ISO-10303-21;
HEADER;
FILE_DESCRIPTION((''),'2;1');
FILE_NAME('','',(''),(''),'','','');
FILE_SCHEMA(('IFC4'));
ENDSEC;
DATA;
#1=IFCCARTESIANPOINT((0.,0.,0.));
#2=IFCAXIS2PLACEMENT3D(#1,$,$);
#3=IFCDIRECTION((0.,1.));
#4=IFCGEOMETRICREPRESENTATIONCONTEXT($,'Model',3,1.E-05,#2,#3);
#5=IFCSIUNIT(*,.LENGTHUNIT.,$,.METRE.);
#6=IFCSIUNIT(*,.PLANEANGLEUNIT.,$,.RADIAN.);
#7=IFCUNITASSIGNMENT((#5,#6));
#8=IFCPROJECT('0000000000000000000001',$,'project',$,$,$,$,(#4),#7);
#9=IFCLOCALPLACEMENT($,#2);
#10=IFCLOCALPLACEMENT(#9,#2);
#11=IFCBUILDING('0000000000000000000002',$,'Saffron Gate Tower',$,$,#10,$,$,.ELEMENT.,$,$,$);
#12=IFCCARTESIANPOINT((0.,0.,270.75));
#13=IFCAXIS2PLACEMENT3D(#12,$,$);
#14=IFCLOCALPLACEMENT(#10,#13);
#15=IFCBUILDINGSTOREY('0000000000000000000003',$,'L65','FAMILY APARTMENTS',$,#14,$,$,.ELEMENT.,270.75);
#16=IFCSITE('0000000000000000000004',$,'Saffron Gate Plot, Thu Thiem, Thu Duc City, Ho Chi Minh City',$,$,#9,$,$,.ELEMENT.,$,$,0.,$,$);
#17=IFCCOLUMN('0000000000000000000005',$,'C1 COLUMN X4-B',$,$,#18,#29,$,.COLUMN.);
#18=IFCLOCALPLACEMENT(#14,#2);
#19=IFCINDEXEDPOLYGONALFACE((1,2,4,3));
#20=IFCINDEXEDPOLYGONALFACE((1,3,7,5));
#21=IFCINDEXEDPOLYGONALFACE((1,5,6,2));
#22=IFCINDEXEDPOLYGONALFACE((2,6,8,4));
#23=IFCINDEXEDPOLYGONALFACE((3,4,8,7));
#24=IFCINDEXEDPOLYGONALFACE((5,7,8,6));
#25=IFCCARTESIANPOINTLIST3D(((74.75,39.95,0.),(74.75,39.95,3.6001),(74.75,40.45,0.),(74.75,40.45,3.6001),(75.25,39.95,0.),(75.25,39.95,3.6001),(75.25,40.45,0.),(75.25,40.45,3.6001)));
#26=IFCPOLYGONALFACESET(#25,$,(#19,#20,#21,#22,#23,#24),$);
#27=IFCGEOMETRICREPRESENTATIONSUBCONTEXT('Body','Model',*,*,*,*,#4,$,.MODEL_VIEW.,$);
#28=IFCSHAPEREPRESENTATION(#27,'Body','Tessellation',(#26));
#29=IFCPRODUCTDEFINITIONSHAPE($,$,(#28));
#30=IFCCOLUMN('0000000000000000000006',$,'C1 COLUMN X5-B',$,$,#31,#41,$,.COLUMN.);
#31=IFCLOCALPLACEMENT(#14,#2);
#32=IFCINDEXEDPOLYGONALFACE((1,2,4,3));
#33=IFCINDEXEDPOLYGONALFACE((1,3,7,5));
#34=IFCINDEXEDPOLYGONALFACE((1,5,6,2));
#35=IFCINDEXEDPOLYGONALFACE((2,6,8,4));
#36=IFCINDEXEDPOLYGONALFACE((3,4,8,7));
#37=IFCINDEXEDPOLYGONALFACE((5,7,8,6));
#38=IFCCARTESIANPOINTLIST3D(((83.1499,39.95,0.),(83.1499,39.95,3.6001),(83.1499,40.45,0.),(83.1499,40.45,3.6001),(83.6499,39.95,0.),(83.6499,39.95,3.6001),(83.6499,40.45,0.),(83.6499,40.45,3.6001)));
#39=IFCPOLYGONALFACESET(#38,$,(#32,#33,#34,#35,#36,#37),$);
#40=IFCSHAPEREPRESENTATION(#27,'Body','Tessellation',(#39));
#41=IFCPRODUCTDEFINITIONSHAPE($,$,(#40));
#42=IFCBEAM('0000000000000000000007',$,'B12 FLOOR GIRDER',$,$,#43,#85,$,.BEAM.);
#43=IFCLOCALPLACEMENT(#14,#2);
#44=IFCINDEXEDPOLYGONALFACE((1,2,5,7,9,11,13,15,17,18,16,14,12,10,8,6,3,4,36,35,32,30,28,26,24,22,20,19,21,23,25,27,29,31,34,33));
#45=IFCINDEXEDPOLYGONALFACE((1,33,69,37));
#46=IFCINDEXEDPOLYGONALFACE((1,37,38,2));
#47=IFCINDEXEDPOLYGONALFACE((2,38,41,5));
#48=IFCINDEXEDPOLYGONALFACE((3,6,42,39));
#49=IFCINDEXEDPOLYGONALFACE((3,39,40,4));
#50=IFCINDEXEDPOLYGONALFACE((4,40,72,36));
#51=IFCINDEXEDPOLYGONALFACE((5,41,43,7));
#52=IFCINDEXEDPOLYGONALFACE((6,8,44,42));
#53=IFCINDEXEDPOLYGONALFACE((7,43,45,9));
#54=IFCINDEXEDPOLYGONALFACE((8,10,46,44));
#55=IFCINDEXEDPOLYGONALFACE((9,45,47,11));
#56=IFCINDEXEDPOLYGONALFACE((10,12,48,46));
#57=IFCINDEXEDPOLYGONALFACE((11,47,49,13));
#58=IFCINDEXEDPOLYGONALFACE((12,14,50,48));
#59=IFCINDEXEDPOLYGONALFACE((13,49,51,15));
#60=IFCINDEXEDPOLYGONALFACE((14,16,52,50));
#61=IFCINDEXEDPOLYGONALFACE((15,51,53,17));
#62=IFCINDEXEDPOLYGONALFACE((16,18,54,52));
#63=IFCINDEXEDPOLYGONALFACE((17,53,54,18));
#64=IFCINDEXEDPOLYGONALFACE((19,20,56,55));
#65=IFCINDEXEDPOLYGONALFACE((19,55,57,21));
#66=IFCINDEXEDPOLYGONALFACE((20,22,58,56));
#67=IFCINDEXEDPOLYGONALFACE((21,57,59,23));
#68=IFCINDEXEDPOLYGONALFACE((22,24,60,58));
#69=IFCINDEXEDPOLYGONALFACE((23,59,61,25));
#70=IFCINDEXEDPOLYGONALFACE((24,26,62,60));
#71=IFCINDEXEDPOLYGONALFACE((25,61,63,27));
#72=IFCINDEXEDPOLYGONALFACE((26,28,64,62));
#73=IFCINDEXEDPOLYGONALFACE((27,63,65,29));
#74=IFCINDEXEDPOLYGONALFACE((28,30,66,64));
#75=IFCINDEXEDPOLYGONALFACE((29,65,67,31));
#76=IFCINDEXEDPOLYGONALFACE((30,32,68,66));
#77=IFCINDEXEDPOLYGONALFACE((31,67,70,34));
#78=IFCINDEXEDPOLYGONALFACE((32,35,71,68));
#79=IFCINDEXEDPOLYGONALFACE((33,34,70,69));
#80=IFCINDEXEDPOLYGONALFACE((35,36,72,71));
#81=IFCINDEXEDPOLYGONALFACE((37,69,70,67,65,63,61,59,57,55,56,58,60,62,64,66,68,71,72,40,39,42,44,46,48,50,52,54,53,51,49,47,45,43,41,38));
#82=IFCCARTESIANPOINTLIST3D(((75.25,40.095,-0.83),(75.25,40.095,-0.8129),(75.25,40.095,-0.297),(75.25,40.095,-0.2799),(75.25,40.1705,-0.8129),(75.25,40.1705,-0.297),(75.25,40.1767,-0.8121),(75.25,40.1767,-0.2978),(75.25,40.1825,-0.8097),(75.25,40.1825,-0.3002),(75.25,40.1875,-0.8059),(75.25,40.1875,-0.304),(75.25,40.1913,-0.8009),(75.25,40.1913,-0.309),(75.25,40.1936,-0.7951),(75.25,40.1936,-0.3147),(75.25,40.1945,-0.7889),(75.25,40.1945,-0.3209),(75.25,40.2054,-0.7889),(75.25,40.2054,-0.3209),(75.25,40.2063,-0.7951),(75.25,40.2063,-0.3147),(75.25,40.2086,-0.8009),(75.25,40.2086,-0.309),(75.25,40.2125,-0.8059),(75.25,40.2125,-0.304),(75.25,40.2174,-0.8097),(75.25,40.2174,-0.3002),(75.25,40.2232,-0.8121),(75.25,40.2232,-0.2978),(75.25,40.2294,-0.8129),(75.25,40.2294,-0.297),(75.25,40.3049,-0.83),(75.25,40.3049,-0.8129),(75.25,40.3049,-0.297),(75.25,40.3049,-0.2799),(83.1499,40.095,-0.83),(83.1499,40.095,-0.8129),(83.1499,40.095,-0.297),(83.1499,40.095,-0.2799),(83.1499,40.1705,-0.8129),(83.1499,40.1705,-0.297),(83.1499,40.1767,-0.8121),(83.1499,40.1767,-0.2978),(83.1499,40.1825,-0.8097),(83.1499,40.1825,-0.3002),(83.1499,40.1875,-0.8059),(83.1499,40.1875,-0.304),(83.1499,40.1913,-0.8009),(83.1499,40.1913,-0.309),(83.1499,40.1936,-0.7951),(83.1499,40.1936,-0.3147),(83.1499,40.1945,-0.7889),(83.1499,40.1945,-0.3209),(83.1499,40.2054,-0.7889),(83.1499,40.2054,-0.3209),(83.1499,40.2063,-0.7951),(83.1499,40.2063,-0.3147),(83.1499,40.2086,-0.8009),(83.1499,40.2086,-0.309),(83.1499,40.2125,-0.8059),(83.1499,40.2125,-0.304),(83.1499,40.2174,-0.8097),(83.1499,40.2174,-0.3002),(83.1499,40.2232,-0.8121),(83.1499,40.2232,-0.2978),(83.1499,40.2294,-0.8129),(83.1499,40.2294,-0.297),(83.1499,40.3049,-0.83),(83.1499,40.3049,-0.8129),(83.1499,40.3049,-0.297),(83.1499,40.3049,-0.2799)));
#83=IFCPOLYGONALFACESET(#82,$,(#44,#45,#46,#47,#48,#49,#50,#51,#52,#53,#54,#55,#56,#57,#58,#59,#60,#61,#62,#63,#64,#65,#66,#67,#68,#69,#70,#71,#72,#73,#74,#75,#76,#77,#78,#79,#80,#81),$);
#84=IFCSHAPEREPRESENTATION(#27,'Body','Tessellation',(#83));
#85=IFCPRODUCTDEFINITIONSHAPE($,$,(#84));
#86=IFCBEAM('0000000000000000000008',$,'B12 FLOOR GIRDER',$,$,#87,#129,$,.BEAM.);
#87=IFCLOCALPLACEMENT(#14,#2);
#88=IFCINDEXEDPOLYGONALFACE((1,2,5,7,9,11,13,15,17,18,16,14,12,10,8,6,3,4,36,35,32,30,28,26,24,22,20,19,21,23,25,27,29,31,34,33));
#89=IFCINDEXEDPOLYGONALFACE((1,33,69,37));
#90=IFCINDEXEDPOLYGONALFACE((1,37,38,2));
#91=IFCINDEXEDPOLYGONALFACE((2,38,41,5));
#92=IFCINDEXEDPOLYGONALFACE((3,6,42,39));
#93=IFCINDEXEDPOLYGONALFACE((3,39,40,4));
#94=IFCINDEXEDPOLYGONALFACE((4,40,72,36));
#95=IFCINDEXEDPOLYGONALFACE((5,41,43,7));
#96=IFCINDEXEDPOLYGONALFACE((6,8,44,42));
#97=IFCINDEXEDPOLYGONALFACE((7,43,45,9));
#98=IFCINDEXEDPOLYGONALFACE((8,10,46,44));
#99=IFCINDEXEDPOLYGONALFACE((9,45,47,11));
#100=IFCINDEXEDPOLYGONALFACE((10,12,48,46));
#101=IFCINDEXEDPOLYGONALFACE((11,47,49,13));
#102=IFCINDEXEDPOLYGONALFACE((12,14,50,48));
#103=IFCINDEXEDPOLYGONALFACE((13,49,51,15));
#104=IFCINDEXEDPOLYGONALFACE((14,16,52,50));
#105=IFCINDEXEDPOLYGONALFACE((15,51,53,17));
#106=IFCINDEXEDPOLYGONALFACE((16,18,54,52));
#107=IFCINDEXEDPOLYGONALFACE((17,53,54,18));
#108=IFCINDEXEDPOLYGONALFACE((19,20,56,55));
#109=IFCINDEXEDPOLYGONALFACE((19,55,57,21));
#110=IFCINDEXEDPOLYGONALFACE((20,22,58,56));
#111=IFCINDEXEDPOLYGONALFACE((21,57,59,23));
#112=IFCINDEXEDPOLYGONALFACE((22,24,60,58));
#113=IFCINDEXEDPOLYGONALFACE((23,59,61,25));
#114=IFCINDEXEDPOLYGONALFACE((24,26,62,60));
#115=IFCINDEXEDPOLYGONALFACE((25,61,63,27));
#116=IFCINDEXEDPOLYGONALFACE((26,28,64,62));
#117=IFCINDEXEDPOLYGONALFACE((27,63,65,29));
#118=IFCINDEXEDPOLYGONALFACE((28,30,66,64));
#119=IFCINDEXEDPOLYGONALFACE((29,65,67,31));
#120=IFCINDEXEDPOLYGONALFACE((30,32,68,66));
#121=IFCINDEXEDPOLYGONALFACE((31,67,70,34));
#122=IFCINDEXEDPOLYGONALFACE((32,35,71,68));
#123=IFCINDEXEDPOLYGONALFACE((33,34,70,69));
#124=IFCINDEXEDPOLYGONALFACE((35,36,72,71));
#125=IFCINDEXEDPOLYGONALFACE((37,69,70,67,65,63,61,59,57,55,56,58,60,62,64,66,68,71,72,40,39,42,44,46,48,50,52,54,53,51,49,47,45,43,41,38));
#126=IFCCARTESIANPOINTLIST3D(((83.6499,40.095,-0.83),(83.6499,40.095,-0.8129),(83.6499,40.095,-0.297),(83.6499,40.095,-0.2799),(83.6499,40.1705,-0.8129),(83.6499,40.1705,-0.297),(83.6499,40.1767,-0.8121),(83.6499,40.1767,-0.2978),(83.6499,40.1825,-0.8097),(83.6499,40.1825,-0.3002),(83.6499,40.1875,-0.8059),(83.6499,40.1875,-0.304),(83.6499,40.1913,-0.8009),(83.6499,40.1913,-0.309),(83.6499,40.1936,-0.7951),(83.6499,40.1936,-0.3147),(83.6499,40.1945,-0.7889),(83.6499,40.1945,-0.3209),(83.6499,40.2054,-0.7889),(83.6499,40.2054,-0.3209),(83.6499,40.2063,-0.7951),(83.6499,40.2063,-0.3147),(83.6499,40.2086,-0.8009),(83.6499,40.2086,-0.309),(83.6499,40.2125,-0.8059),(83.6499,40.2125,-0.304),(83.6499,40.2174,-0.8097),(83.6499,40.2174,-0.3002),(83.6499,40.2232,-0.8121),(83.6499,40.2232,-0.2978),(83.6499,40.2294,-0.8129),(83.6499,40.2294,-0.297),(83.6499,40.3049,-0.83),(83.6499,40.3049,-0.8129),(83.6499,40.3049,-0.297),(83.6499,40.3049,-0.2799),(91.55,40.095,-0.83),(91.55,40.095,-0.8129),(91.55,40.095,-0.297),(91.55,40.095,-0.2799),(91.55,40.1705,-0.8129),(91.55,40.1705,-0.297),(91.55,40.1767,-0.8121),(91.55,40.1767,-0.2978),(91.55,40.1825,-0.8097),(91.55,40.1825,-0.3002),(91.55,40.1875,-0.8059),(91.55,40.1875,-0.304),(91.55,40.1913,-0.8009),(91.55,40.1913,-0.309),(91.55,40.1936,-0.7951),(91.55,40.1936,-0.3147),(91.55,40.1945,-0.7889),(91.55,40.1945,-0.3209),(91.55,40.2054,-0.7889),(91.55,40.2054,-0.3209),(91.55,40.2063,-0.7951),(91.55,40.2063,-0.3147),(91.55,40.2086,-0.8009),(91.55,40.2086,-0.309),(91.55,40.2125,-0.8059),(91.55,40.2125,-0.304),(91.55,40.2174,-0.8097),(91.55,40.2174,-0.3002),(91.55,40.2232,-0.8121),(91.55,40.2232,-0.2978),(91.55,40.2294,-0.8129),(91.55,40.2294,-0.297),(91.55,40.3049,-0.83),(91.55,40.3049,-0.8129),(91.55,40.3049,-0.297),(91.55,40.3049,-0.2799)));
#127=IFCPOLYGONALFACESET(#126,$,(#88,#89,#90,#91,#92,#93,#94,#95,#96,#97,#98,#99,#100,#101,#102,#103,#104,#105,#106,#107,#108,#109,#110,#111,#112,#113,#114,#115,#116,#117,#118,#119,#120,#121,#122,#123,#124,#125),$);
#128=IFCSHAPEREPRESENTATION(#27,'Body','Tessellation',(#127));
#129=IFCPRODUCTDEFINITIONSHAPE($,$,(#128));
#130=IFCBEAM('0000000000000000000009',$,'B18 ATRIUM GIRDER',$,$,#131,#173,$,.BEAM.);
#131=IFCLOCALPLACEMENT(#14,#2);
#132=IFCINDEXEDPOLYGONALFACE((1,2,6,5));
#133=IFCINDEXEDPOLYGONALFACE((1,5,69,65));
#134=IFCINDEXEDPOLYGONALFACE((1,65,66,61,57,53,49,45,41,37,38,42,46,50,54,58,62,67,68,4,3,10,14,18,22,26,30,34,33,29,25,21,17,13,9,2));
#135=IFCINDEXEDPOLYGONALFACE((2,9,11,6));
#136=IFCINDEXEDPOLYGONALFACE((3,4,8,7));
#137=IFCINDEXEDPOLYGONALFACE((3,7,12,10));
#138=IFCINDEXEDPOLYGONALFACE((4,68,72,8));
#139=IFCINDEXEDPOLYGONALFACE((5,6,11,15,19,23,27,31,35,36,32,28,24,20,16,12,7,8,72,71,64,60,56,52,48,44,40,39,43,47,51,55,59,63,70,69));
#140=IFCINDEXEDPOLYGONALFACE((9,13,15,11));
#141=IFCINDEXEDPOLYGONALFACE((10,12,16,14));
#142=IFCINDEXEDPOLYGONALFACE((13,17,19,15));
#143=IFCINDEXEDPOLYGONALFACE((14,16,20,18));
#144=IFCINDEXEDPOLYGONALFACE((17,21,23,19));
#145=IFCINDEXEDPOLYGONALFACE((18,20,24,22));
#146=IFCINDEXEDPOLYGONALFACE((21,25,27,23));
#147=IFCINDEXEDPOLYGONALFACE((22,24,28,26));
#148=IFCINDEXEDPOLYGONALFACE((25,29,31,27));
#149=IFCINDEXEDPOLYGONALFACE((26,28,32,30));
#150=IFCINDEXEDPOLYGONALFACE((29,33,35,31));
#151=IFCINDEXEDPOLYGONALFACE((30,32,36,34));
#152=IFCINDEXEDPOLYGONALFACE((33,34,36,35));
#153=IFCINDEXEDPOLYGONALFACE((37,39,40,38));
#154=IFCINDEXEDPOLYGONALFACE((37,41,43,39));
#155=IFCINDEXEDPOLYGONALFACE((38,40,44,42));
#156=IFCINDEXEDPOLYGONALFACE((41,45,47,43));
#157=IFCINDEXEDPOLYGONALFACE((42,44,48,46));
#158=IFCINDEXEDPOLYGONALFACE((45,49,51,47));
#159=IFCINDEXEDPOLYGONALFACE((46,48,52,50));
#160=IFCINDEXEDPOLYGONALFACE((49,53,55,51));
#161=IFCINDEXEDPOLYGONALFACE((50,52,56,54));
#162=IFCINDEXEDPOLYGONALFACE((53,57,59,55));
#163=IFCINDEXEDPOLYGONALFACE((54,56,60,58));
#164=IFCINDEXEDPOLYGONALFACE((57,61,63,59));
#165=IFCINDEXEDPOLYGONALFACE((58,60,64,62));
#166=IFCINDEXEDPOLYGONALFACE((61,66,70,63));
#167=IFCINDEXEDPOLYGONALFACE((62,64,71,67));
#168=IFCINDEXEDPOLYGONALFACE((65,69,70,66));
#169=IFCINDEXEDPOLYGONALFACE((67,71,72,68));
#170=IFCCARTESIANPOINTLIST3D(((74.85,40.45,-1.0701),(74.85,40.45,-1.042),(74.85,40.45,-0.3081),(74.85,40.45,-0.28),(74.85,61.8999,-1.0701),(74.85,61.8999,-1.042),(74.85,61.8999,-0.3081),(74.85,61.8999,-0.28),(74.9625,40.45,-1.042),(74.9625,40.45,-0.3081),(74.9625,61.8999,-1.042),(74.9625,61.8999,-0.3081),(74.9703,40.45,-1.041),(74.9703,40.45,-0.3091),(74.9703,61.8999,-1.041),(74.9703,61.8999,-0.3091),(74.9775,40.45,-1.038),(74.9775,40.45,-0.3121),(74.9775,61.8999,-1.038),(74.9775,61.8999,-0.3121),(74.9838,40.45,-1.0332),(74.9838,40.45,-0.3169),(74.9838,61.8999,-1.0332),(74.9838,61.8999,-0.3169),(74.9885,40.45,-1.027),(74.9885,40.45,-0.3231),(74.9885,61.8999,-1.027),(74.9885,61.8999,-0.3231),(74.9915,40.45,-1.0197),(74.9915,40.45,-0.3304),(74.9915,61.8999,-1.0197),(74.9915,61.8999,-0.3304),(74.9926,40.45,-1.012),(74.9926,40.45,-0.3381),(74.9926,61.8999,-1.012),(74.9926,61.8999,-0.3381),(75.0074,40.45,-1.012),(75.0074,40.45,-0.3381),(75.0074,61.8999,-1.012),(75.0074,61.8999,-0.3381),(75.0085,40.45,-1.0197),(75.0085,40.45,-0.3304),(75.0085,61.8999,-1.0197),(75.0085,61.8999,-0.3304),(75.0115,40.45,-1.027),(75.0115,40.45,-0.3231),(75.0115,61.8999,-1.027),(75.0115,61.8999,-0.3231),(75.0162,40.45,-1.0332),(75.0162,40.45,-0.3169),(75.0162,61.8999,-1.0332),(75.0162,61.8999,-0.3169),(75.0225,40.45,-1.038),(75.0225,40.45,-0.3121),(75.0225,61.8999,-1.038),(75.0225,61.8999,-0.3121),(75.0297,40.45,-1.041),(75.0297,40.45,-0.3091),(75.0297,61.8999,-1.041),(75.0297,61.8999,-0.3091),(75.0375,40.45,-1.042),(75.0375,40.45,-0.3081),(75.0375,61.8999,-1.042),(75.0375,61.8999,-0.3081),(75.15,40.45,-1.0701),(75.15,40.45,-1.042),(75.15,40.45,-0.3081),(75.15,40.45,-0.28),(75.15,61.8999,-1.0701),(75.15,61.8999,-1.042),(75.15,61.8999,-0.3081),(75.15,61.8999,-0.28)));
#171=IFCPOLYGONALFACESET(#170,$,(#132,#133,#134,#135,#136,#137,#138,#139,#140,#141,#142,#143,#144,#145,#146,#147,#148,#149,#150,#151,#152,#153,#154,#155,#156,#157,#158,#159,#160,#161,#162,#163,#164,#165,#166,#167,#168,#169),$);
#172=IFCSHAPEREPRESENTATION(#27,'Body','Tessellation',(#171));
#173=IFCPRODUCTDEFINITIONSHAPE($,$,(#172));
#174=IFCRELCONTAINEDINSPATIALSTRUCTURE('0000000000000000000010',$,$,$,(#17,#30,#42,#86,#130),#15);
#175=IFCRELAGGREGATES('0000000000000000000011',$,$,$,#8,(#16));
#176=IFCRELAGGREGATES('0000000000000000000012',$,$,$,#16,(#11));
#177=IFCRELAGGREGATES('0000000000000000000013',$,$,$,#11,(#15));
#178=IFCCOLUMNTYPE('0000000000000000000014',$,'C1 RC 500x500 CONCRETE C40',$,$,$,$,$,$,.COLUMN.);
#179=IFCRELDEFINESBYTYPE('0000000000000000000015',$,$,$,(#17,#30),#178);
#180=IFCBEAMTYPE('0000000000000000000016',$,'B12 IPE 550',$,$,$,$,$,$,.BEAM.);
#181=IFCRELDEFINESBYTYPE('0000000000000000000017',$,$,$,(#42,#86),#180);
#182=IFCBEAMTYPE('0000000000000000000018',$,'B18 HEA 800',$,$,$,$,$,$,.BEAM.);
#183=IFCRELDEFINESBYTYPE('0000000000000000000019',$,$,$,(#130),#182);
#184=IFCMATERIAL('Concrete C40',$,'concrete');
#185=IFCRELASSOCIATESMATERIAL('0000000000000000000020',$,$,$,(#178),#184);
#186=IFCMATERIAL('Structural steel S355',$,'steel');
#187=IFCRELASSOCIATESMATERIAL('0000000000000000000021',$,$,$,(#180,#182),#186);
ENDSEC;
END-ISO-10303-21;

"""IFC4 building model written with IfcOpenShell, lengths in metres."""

from ifc_helpers import new_model, si_unit, direction, frame, origin, origin_2d, place, context, subcontext, project, spatial, rectangle, i_section, extrude, material, material_profile, profile_set, type_object, element, save


model = new_model("IFC4")

# Units and contexts
model_context = context("Model", 3, precision=1e-05, world=origin(), true_north=direction((0.0, 1.0)))
body_context = subcontext(model_context, "Body", "Model", "MODEL_VIEW")
ifc_project = project(units=[si_unit("LENGTHUNIT", "METRE"), si_unit("PLANEANGLEUNIT", "RADIAN")], contexts=[model_context])

# Site, building, storey
site_placement = place(None, origin())
site = spatial("IfcSite", under=ifc_project, at=site_placement, Name="Saffron Gate Plot, Thu Thiem, Thu Duc City, Ho Chi Minh City", CompositionType="ELEMENT", RefElevation=0.0)
building_placement = place(site_placement, origin())
building = spatial("IfcBuilding", under=site, at=building_placement, Name="Saffron Gate Tower", CompositionType="ELEMENT")
storey_placement = place(building_placement, frame((0.0, 0.0, 270.75)))
storey = spatial("IfcBuildingStorey", under=building, at=storey_placement, Name="L65", Description="FAMILY APARTMENTS", CompositionType="ELEMENT", Elevation=270.75)

# Columns
ifc_material_1 = material(Name="Concrete C40", Category="concrete")
ifc_material_profile_1 = material_profile(ifc_material_1, rectangle(XDim=0.5, YDim=0.5, at=origin_2d()))
ifc_profile_set_1 = profile_set([ifc_material_profile_1], Name="Concrete C40")
column_type = type_object("IfcColumnType", Name="C1 RC 500x500 CONCRETE C40", PredefinedType="COLUMN", material=ifc_profile_set_1)
for number, where, z_axis, x_axis, name in (
    (1, (75.0, 40.2, 0.0), (0.0, 0.0, 1.0), (1.0, 0.0, 0.0), "C1 COLUMN X4-B"),
    (2, (83.3999, 40.2, 0.0), (0.0, 0.0, 1.0), (1.0, 0.0, 0.0), "C1 COLUMN X5-B"),
):
    element("IfcColumn", number, at=place(storey_placement, frame(where, z_axis=z_axis, x_axis=x_axis)), inside=storey, type_object=column_type, Name=name, PredefinedType="COLUMN", context=body_context, shape_type="SweptSolid", body=[
        extrude(rectangle(XDim=0.5, YDim=0.5, at=origin_2d()), origin(), (0.0, 0.0, 1.0), 3.6001),
    ])

# Beams
ifc_material_2 = material(Name="Structural steel S355", Category="steel")
ifc_material_profile_2 = material_profile(ifc_material_2, i_section(OverallWidth=0.21, OverallDepth=0.55, WebThickness=0.011, FlangeThickness=0.0171, FilletRadius=0.0239, at=origin_2d()))
ifc_profile_set_2 = profile_set([ifc_material_profile_2], Name="Structural steel S355")
beam_type_1 = type_object("IfcBeamType", Name="B12 IPE 550", PredefinedType="BEAM", material=ifc_profile_set_2)
beam_1_placement = place(storey_placement, frame((75.25, 40.2, -0.5549), z_axis=(1.0, 0.0, 0.0), x_axis=(0.0, 1.0, 0.0)))
element("IfcBeam", 3, at=beam_1_placement, inside=storey, type_object=beam_type_1, Name="B12 FLOOR GIRDER", PredefinedType="BEAM", context=body_context, shape_type="SweptSolid", body=[
    extrude(i_section(OverallWidth=0.21, OverallDepth=0.55, WebThickness=0.011, FlangeThickness=0.0171, FilletRadius=0.0239, at=origin_2d()), origin(), (0.0, 0.0, 1.0), 7.8999),
])
beam_2_placement = place(storey_placement, frame((83.6499, 40.2, -0.5549), z_axis=(1.0, 0.0, 0.0), x_axis=(0.0, 1.0, 0.0)))
element("IfcBeam", 4, at=beam_2_placement, inside=storey, type_object=beam_type_1, Name="B12 FLOOR GIRDER", PredefinedType="BEAM", context=body_context, shape_type="SweptSolid", body=[
    extrude(i_section(OverallWidth=0.21, OverallDepth=0.55, WebThickness=0.011, FlangeThickness=0.0171, FilletRadius=0.0239, at=origin_2d()), origin(), (0.0, 0.0, 1.0), 7.9001),
])
ifc_material_profile_3 = material_profile(ifc_material_2, i_section(OverallWidth=0.3, OverallDepth=0.79, WebThickness=0.0149, FlangeThickness=0.0281, FilletRadius=0.03, at=origin_2d()))
ifc_profile_set_3 = profile_set([ifc_material_profile_3], Name="Structural steel S355")
beam_type_2 = type_object("IfcBeamType", Name="B18 HEA 800", PredefinedType="BEAM", material=ifc_profile_set_3)
beam_3_placement = place(storey_placement, frame((75.0, 40.45, -0.675), z_axis=(0.0, 1.0, 0.0), x_axis=(-1.0, 0.0, 0.0)))
element("IfcBeam", 5, at=beam_3_placement, inside=storey, type_object=beam_type_2, Name="B18 ATRIUM GIRDER", PredefinedType="BEAM", context=body_context, shape_type="SweptSolid", body=[
    extrude(i_section(OverallWidth=0.3, OverallDepth=0.79, WebThickness=0.0149, FlangeThickness=0.0281, FilletRadius=0.03, at=origin_2d()), origin(), (0.0, 0.0, 1.0), 21.45),
])

save(model, "model.ifc")
